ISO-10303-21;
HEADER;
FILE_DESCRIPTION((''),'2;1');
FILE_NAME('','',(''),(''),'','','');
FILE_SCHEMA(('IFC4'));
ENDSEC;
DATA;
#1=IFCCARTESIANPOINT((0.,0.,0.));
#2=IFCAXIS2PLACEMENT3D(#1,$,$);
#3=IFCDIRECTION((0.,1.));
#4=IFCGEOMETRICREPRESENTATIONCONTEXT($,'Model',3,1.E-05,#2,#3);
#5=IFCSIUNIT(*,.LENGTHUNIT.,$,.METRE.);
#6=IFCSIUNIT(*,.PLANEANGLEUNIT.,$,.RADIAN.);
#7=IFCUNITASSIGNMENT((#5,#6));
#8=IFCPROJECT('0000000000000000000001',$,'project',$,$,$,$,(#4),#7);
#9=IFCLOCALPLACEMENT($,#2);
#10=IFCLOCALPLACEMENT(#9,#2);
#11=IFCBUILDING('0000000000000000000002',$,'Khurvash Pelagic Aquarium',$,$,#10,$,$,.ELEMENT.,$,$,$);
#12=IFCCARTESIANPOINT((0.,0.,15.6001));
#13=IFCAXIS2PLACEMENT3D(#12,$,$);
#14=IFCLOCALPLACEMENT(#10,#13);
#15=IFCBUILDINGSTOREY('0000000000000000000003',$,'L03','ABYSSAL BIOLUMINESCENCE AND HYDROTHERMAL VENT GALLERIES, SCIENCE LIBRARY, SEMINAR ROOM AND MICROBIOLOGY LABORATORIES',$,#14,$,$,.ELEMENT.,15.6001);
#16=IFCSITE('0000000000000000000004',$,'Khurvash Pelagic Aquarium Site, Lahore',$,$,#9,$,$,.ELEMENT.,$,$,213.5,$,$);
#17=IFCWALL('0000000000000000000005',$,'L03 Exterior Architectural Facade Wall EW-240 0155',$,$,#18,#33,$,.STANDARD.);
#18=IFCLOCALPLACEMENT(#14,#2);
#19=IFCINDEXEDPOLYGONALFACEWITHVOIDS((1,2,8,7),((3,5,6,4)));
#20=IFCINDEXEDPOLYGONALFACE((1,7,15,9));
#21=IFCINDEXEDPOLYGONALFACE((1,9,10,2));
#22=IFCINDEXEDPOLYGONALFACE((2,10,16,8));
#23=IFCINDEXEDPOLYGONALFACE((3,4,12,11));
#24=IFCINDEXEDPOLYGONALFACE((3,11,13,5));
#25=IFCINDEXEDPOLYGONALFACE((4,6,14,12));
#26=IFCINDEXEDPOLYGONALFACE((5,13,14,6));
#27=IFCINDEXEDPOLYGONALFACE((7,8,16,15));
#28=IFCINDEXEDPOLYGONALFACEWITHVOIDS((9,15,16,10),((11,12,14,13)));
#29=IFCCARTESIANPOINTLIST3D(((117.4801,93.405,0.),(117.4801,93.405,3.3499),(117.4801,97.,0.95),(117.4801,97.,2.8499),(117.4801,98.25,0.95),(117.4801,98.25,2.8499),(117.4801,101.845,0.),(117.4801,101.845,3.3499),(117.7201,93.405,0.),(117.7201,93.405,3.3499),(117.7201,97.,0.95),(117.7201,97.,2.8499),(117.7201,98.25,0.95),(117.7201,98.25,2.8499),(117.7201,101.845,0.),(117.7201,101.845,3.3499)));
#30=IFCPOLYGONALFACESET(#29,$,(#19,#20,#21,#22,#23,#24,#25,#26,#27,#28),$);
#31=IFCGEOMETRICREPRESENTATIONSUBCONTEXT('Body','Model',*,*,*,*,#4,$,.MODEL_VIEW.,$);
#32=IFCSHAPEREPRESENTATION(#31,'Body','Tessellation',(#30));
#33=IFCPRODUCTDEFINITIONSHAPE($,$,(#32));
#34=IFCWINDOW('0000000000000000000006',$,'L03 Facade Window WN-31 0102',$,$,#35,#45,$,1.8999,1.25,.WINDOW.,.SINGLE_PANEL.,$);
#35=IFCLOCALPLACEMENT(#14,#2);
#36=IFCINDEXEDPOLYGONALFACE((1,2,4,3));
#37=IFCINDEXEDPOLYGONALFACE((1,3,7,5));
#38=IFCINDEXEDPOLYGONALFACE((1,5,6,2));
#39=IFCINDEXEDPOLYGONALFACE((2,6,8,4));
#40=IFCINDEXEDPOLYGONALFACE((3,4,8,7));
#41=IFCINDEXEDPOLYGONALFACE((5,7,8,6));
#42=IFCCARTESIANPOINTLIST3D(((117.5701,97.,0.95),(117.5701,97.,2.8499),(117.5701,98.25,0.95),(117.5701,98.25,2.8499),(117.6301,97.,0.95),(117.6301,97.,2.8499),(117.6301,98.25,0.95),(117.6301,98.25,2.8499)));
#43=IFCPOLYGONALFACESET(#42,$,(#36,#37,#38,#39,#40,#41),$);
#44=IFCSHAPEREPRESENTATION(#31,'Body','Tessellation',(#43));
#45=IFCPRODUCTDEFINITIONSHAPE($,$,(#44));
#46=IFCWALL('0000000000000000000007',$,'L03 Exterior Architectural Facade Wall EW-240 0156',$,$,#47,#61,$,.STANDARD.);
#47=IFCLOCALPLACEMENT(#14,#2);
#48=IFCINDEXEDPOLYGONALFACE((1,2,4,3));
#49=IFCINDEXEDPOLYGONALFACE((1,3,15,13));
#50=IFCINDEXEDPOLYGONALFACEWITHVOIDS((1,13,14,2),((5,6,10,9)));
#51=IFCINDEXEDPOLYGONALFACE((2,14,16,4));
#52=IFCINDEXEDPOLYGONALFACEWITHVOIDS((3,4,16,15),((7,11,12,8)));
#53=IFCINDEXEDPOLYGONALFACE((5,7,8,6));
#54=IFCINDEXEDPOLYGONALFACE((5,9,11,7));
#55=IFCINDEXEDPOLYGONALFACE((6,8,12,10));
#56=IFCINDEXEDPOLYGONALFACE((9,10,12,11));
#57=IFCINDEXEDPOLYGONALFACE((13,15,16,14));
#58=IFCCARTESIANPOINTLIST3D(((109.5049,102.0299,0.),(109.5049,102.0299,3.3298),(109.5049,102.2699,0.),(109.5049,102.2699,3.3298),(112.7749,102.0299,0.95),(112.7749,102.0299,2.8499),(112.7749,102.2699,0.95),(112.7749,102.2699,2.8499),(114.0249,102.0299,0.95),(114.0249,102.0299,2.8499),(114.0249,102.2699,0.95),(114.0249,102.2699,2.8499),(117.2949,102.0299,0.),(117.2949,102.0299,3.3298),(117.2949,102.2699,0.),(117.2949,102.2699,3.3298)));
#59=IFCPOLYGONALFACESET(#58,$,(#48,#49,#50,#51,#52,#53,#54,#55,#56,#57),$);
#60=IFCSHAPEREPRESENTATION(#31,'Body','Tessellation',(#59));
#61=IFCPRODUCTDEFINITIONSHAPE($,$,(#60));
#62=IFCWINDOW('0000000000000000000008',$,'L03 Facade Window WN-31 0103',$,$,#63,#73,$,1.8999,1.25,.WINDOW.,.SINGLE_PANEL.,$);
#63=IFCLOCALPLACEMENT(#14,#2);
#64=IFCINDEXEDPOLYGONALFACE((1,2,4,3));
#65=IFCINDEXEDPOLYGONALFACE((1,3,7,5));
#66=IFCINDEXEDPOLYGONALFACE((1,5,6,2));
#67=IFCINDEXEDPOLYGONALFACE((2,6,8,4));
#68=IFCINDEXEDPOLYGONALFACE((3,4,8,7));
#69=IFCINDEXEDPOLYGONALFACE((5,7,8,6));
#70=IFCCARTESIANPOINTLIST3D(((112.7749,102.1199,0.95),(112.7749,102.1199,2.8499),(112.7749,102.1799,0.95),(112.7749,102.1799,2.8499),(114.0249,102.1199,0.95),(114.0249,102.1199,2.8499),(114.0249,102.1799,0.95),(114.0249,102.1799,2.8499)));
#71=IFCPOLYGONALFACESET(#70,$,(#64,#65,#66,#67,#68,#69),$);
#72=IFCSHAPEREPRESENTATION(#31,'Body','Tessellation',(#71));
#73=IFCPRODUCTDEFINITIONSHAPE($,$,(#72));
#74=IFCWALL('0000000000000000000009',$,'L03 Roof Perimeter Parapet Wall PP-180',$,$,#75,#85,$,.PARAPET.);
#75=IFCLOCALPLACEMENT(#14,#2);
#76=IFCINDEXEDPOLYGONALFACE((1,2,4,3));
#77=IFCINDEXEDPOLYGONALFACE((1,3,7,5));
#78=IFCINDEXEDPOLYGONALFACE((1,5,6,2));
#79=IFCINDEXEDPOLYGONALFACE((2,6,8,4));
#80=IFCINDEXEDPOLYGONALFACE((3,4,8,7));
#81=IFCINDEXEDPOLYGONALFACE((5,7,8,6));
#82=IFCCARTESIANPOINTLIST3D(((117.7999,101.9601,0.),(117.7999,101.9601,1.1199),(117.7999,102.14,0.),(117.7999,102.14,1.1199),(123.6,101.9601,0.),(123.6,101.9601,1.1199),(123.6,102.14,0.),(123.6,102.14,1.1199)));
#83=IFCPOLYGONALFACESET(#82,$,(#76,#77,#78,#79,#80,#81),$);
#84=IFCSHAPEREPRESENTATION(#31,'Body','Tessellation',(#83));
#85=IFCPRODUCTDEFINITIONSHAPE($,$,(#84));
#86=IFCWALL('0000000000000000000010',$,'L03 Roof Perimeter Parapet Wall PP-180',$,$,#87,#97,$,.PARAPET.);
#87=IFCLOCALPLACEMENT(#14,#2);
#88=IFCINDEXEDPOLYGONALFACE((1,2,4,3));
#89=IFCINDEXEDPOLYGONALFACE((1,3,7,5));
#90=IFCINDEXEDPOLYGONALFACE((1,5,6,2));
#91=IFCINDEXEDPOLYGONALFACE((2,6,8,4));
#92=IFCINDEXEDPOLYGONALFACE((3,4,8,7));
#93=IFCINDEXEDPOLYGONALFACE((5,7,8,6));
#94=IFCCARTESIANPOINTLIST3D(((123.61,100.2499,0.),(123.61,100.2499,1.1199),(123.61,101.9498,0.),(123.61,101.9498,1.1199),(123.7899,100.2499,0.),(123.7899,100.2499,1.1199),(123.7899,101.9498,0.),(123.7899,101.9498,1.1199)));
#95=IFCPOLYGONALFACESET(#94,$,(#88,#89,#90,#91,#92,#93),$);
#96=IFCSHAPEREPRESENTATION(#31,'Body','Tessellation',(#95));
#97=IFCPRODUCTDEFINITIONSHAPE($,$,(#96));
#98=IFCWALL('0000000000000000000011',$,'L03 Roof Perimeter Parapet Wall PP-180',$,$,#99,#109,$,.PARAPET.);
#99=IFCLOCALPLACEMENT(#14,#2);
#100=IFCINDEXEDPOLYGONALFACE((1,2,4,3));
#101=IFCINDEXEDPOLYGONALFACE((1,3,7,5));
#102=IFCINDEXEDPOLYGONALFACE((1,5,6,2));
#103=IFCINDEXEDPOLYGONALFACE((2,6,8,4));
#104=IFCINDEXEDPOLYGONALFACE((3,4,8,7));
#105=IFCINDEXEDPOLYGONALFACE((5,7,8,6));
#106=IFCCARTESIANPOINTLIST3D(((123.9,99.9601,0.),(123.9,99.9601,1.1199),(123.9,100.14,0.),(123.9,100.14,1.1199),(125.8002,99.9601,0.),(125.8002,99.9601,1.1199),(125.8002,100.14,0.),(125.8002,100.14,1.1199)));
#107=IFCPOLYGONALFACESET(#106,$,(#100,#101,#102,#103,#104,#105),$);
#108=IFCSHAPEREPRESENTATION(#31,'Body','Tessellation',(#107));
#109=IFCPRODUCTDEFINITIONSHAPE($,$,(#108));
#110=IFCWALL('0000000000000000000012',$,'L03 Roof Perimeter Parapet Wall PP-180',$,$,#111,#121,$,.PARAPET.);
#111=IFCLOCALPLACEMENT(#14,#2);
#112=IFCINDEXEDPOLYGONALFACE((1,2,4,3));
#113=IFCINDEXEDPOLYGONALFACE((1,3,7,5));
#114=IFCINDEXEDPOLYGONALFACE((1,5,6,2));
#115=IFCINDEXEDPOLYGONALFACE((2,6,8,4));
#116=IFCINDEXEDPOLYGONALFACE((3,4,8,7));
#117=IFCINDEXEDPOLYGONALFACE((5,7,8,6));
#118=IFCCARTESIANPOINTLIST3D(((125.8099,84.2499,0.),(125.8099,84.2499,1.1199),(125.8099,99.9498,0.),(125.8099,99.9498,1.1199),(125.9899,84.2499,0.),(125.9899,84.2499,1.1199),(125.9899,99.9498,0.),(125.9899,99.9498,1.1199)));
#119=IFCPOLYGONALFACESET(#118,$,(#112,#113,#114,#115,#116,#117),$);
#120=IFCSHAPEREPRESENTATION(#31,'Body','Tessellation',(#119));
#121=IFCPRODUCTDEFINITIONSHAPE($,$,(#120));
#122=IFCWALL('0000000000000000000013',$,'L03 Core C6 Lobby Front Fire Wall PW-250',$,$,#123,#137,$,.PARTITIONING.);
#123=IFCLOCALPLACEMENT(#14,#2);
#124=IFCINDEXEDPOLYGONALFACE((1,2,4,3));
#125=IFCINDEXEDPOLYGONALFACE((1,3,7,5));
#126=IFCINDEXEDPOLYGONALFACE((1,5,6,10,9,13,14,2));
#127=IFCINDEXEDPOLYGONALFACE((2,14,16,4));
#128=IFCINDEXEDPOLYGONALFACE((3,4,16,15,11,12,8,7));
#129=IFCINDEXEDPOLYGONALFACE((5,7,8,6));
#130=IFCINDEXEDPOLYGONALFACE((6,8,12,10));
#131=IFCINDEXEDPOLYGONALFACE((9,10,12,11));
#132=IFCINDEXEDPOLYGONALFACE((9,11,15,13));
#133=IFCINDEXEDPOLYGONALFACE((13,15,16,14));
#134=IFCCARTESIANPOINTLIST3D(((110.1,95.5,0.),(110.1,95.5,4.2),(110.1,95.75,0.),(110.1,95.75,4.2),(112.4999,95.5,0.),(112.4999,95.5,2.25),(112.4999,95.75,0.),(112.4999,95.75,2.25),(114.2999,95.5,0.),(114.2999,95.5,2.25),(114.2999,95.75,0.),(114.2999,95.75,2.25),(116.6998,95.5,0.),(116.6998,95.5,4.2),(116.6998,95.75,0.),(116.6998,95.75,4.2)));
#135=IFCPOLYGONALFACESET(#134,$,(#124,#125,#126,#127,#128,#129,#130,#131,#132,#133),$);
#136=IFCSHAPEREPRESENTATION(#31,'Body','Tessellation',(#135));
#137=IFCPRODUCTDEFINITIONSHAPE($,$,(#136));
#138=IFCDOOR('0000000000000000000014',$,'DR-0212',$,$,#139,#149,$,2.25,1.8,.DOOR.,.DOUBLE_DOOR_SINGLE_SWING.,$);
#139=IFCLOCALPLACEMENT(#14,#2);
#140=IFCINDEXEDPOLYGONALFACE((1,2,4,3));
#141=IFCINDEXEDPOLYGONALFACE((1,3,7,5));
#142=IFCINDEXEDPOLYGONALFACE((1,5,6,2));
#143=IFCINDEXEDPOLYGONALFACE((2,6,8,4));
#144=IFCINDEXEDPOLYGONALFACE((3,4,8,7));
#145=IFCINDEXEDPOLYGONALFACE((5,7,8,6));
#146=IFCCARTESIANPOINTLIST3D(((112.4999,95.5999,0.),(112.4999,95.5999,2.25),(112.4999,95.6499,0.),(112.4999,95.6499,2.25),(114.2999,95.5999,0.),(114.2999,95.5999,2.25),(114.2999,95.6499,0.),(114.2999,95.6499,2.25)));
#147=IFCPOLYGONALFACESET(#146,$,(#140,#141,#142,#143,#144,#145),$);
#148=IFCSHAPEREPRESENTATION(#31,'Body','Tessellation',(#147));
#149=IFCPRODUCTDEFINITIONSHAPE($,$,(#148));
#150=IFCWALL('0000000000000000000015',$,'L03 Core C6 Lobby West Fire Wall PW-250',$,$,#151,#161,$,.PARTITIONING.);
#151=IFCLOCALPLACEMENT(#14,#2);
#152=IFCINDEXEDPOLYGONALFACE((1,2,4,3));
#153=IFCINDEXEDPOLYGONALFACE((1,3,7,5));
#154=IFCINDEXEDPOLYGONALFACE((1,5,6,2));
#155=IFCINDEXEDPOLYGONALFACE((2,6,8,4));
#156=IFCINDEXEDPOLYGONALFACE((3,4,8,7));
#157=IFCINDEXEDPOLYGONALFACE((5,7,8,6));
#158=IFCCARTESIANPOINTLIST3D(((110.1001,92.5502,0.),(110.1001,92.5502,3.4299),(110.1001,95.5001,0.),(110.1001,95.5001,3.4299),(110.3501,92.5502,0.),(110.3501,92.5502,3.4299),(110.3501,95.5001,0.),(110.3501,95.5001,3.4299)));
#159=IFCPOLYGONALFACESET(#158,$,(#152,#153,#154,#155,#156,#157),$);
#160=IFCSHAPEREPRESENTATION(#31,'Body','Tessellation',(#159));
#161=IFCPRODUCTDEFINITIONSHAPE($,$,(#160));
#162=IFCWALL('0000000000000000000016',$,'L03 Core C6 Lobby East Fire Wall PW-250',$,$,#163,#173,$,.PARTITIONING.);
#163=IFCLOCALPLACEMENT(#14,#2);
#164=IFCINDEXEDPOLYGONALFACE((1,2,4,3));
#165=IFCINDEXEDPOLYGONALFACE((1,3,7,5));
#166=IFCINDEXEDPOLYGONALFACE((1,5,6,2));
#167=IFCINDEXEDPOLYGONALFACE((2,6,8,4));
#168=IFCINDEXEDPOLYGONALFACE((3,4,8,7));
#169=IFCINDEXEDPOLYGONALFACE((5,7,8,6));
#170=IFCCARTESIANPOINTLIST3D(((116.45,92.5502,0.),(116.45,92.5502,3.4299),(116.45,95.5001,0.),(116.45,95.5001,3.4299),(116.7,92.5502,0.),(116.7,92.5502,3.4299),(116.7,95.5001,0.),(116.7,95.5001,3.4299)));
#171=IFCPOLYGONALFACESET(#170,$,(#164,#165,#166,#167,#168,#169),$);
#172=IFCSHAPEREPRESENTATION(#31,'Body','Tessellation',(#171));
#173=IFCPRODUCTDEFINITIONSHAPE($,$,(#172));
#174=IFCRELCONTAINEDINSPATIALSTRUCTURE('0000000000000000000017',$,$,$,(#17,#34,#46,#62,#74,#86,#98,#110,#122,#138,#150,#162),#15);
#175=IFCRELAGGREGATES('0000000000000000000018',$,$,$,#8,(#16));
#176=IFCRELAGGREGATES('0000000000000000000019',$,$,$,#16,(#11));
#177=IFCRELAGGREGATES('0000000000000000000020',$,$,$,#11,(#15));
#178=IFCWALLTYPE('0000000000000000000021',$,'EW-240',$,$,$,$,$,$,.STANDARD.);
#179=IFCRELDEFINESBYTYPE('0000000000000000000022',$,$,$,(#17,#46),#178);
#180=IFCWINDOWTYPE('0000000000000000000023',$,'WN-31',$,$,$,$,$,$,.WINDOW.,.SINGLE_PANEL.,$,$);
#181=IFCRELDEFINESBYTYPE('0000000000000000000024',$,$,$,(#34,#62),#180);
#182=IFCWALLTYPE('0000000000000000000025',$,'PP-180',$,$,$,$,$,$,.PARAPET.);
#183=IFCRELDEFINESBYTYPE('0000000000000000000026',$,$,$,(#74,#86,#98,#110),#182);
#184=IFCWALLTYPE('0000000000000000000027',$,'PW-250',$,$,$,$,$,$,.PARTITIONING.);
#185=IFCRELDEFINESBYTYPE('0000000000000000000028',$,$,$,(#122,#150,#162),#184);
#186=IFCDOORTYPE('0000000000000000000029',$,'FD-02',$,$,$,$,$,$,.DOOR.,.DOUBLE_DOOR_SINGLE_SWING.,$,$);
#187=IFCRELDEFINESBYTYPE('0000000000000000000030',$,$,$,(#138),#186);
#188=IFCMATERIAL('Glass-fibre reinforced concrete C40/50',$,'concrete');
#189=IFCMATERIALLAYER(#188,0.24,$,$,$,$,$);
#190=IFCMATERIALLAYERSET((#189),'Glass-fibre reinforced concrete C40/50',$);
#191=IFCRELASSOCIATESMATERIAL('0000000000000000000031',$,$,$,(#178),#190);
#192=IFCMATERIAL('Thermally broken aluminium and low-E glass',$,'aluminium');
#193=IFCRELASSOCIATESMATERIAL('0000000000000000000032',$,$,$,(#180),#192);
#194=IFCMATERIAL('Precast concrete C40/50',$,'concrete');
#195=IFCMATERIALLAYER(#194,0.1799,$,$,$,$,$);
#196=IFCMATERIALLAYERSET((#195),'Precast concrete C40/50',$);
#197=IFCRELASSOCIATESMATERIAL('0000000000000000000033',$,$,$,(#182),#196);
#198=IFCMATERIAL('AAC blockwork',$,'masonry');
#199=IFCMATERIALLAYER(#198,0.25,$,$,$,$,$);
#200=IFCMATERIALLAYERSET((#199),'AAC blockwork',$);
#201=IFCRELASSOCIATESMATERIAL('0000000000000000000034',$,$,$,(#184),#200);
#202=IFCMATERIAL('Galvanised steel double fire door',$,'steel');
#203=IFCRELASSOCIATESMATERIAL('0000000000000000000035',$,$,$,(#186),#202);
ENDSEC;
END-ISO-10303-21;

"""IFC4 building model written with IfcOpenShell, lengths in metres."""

from ifc_helpers import new_model, si_unit, direction, frame, frame_2d, origin, place, context, subcontext, project, spatial, rectangle, extrude, material, layer, layer_set, type_object, element, fill, save


model = new_model("IFC4")

# Units and contexts
model_context = context("Model", 3, precision=1e-05, world=origin(), true_north=direction((0.0, 1.0)))
body_context = subcontext(model_context, "Body", "Model", "MODEL_VIEW")
ifc_project = project(units=[si_unit("LENGTHUNIT", "METRE"), si_unit("PLANEANGLEUNIT", "RADIAN")], contexts=[model_context])

# Site, building, storey
site_placement = place(None, origin())
site = spatial("IfcSite", under=ifc_project, at=site_placement, Name="Khurvash Pelagic Aquarium Site, Lahore", CompositionType="ELEMENT", RefElevation=213.5)
building_placement = place(site_placement, origin())
building = spatial("IfcBuilding", under=site, at=building_placement, Name="Khurvash Pelagic Aquarium", CompositionType="ELEMENT")
storey_placement = place(building_placement, frame((0.0, 0.0, 15.6001)))
storey = spatial("IfcBuildingStorey", under=building, at=storey_placement, Name="L03", Description="ABYSSAL BIOLUMINESCENCE AND HYDROTHERMAL VENT GALLERIES, SCIENCE LIBRARY, SEMINAR ROOM AND MICROBIOLOGY LABORATORIES", CompositionType="ELEMENT", Elevation=15.6001)

# Walls, openings, windows
ifc_material_1 = material(Name="Glass-fibre reinforced concrete C40/50", Category="concrete")
ifc_layer_1 = layer(ifc_material_1, 0.24)
ifc_layer_set_1 = layer_set([ifc_layer_1], Name="Glass-fibre reinforced concrete C40/50")
wall_type_1 = type_object("IfcWallType", Name="EW-240", PredefinedType="STANDARD", material=ifc_layer_set_1)
wall_1_placement = place(storey_placement, frame((117.6001, 93.405, 0.0), z_axis=(0.0, 0.0, 1.0), x_axis=(0.0, 1.0, 0.0)))
wall_1 = element("IfcWall", 1, at=wall_1_placement, inside=storey, type_object=wall_type_1, Name="L03 Exterior Architectural Facade Wall EW-240 0155", PredefinedType="STANDARD", context=body_context, shape_type="SweptSolid", body=[
    extrude(rectangle(XDim=8.4399, YDim=0.24, at=frame_2d((4.22, 0.0))), origin(), (0.0, 0.0, 1.0), 3.3499),
])
opening_1_placement = place(wall_1_placement, frame((3.595, 0.0, 0.95)))
opening_1 = element("IfcOpeningElement", 2, at=opening_1_placement, cuts=wall_1, PredefinedType="OPENING", context=body_context, shape_type="SweptSolid", body=[
    extrude(rectangle(XDim=1.25, YDim=1.8999, at=frame_2d((0.625, 0.95))), frame((0.0, 0.1299, 0.0), z_axis=(0.0, -1.0, 0.0), x_axis=(1.0, 0.0, 0.0)), (0.0, 0.0, 1.0), 0.26),
])
ifc_material_2 = material(Name="Thermally broken aluminium and low-E glass", Category="aluminium")
window_type = type_object("IfcWindowType", Name="WN-31", PartitioningType="SINGLE_PANEL", PredefinedType="WINDOW", material=ifc_material_2)
window_1_placement = place(opening_1_placement, origin())
window_1 = element("IfcWindow", 3, at=window_1_placement, inside=storey, type_object=window_type, Name="L03 Facade Window WN-31 0102", OverallHeight=1.8999, OverallWidth=1.25, PartitioningType="SINGLE_PANEL", PredefinedType="WINDOW", context=body_context, shape_type="SweptSolid", body=[
    extrude(rectangle(XDim=1.25, YDim=1.8999, at=frame_2d((0.625, 0.95))), frame((0.0, 0.03, 0.0), z_axis=(0.0, -1.0, 0.0), x_axis=(1.0, 0.0, 0.0)), (0.0, 0.0, 1.0), 0.0601),
])
fill(opening_1, window_1)
wall_2_placement = place(storey_placement, frame((117.2949, 102.1499, 0.0), z_axis=(0.0, 0.0, 1.0), x_axis=(-1.0, 0.0, 0.0)))
wall_2 = element("IfcWall", 4, at=wall_2_placement, inside=storey, type_object=wall_type_1, Name="L03 Exterior Architectural Facade Wall EW-240 0156", PredefinedType="STANDARD", context=body_context, shape_type="SweptSolid", body=[
    extrude(rectangle(XDim=7.79, YDim=0.24, at=frame_2d((3.895, 0.0))), origin(), (0.0, 0.0, 1.0), 3.3298),
])
opening_2_placement = place(wall_2_placement, frame((3.27, 0.0, 0.95)))
opening_2 = element("IfcOpeningElement", 5, at=opening_2_placement, cuts=wall_2, PredefinedType="OPENING", context=body_context, shape_type="SweptSolid", body=[
    extrude(rectangle(XDim=1.25, YDim=1.8999, at=frame_2d((0.625, 0.95))), frame((0.0, 0.1299, 0.0), z_axis=(0.0, -1.0, 0.0), x_axis=(1.0, 0.0, 0.0)), (0.0, 0.0, 1.0), 0.26),
])
window_2_placement = place(opening_2_placement, origin())
window_2 = element("IfcWindow", 6, at=window_2_placement, inside=storey, type_object=window_type, Name="L03 Facade Window WN-31 0103", OverallHeight=1.8999, OverallWidth=1.25, PartitioningType="SINGLE_PANEL", PredefinedType="WINDOW", context=body_context, shape_type="SweptSolid", body=[
    extrude(rectangle(XDim=1.25, YDim=1.8999, at=frame_2d((0.625, 0.95))), frame((0.0, 0.03, 0.0), z_axis=(0.0, -1.0, 0.0), x_axis=(1.0, 0.0, 0.0)), (0.0, 0.0, 1.0), 0.0601),
])
fill(opening_2, window_2)

# Walls
ifc_material_3 = material(Name="Precast concrete C40/50", Category="concrete")
ifc_layer_2 = layer(ifc_material_3, 0.1799)
ifc_layer_set_2 = layer_set([ifc_layer_2], Name="Precast concrete C40/50")
wall_type_2 = type_object("IfcWallType", Name="PP-180", PredefinedType="PARAPET", material=ifc_layer_set_2)
wall_3_placement = place(storey_placement, frame((117.8, 102.05, 0.0), z_axis=(0.0, 0.0, 1.0), x_axis=(1.0, 0.0, 0.0)))
element("IfcWall", 7, at=wall_3_placement, inside=storey, type_object=wall_type_2, Name="L03 Roof Perimeter Parapet Wall PP-180", PredefinedType="PARAPET", context=body_context, shape_type="SweptSolid", body=[
    extrude(rectangle(XDim=5.8, YDim=0.1799, at=frame_2d((2.8999, 0.0))), origin(), (0.0, 0.0, 1.0), 1.1199),
])
wall_4_placement = place(storey_placement, frame((123.7, 101.95, 0.0), z_axis=(0.0, 0.0, 1.0), x_axis=(0.0, -1.0, 0.0)))
element("IfcWall", 8, at=wall_4_placement, inside=storey, type_object=wall_type_2, Name="L03 Roof Perimeter Parapet Wall PP-180", PredefinedType="PARAPET", context=body_context, shape_type="SweptSolid", body=[
    extrude(rectangle(XDim=1.7, YDim=0.1799, at=frame_2d((0.8501, 0.0))), origin(), (0.0, 0.0, 1.0), 1.1199),
])
wall_5_placement = place(storey_placement, frame((123.8999, 100.05, 0.0), z_axis=(0.0, 0.0, 1.0), x_axis=(1.0, 0.0, 0.0)))
element("IfcWall", 9, at=wall_5_placement, inside=storey, type_object=wall_type_2, Name="L03 Roof Perimeter Parapet Wall PP-180", PredefinedType="PARAPET", context=body_context, shape_type="SweptSolid", body=[
    extrude(rectangle(XDim=1.9001, YDim=0.1799, at=frame_2d((0.9502, 0.0))), origin(), (0.0, 0.0, 1.0), 1.1199),
])
wall_6_placement = place(storey_placement, frame((125.8999, 99.95, 0.0), z_axis=(0.0, 0.0, 1.0), x_axis=(0.0, -1.0, 0.0)))
element("IfcWall", 10, at=wall_6_placement, inside=storey, type_object=wall_type_2, Name="L03 Roof Perimeter Parapet Wall PP-180", PredefinedType="PARAPET", context=body_context, shape_type="SweptSolid", body=[
    extrude(rectangle(XDim=15.7, YDim=0.1799, at=frame_2d((7.8501, 0.0))), origin(), (0.0, 0.0, 1.0), 1.1199),
])

# Wall, opening, door
ifc_material_4 = material(Name="AAC blockwork", Category="masonry")
ifc_layer_3 = layer(ifc_material_4, 0.25)
ifc_layer_set_3 = layer_set([ifc_layer_3], Name="AAC blockwork")
wall_type_3 = type_object("IfcWallType", Name="PW-250", PredefinedType="PARTITIONING", material=ifc_layer_set_3)
wall_7_placement = place(storey_placement, frame((110.1001, 95.625, 0.0), z_axis=(0.0, 0.0, 1.0), x_axis=(1.0, 0.0, 0.0)))
wall_7 = element("IfcWall", 11, at=wall_7_placement, inside=storey, type_object=wall_type_3, Name="L03 Core C6 Lobby Front Fire Wall PW-250", PredefinedType="PARTITIONING", context=body_context, shape_type="SweptSolid", body=[
    extrude(rectangle(XDim=6.5999, YDim=0.25, at=frame_2d((3.2998, 0.0))), origin(), (0.0, 0.0, 1.0), 4.2),
])
opening_3_placement = place(wall_7_placement, frame((2.3999, 0.0, 0.0)))
opening_3 = element("IfcOpeningElement", 12, at=opening_3_placement, cuts=wall_7, PredefinedType="OPENING", context=body_context, shape_type="SweptSolid", body=[
    extrude(rectangle(XDim=1.8, YDim=2.25, at=frame_2d((0.8999, 1.125))), frame((0.0, 0.135, 0.0), z_axis=(0.0, -1.0, 0.0), x_axis=(1.0, 0.0, 0.0)), (0.0, 0.0, 1.0), 0.27),
])
ifc_material_5 = material(Name="Galvanised steel double fire door", Category="steel")
door_type_1 = type_object("IfcDoorType", Name="FD-02", OperationType="DOUBLE_DOOR_SINGLE_SWING", PredefinedType="DOOR", material=ifc_material_5)
door_1_placement = place(opening_3_placement, origin())
door_1 = element("IfcDoor", 13, at=door_1_placement, inside=storey, type_object=door_type_1, Name="DR-0212", OperationType="DOUBLE_DOOR_SINGLE_SWING", OverallHeight=2.25, OverallWidth=1.8, PredefinedType="DOOR", context=body_context, shape_type="SweptSolid", body=[
    extrude(rectangle(XDim=1.8, YDim=2.25, at=frame_2d((0.8999, 1.125))), frame((0.0, 0.0249, 0.0), z_axis=(0.0, -1.0, 0.0), x_axis=(1.0, 0.0, 0.0)), (0.0, 0.0, 1.0), 0.05),
])
fill(opening_3, door_1)

# Walls
for number, where, z_axis, x_axis, name in (
    (14, (110.2251, 92.55, 0.0), (0.0, 0.0, 1.0), (0.0, 1.0, 0.0), "L03 Core C6 Lobby West Fire Wall PW-250"),
    (15, (116.575, 92.55, 0.0), (0.0, 0.0, 1.0), (0.0, 1.0, 0.0), "L03 Core C6 Lobby East Fire Wall PW-250"),
):
    element("IfcWall", number, at=place(storey_placement, frame(where, z_axis=z_axis, x_axis=x_axis)), inside=storey, type_object=wall_type_3, Name=name, PredefinedType="PARTITIONING", context=body_context, shape_type="SweptSolid", body=[
        extrude(rectangle(XDim=2.95, YDim=0.25, at=frame_2d((1.4751, 0.0))), origin(), (0.0, 0.0, 1.0), 3.4299),
    ])

save(model, "model.ifc")
